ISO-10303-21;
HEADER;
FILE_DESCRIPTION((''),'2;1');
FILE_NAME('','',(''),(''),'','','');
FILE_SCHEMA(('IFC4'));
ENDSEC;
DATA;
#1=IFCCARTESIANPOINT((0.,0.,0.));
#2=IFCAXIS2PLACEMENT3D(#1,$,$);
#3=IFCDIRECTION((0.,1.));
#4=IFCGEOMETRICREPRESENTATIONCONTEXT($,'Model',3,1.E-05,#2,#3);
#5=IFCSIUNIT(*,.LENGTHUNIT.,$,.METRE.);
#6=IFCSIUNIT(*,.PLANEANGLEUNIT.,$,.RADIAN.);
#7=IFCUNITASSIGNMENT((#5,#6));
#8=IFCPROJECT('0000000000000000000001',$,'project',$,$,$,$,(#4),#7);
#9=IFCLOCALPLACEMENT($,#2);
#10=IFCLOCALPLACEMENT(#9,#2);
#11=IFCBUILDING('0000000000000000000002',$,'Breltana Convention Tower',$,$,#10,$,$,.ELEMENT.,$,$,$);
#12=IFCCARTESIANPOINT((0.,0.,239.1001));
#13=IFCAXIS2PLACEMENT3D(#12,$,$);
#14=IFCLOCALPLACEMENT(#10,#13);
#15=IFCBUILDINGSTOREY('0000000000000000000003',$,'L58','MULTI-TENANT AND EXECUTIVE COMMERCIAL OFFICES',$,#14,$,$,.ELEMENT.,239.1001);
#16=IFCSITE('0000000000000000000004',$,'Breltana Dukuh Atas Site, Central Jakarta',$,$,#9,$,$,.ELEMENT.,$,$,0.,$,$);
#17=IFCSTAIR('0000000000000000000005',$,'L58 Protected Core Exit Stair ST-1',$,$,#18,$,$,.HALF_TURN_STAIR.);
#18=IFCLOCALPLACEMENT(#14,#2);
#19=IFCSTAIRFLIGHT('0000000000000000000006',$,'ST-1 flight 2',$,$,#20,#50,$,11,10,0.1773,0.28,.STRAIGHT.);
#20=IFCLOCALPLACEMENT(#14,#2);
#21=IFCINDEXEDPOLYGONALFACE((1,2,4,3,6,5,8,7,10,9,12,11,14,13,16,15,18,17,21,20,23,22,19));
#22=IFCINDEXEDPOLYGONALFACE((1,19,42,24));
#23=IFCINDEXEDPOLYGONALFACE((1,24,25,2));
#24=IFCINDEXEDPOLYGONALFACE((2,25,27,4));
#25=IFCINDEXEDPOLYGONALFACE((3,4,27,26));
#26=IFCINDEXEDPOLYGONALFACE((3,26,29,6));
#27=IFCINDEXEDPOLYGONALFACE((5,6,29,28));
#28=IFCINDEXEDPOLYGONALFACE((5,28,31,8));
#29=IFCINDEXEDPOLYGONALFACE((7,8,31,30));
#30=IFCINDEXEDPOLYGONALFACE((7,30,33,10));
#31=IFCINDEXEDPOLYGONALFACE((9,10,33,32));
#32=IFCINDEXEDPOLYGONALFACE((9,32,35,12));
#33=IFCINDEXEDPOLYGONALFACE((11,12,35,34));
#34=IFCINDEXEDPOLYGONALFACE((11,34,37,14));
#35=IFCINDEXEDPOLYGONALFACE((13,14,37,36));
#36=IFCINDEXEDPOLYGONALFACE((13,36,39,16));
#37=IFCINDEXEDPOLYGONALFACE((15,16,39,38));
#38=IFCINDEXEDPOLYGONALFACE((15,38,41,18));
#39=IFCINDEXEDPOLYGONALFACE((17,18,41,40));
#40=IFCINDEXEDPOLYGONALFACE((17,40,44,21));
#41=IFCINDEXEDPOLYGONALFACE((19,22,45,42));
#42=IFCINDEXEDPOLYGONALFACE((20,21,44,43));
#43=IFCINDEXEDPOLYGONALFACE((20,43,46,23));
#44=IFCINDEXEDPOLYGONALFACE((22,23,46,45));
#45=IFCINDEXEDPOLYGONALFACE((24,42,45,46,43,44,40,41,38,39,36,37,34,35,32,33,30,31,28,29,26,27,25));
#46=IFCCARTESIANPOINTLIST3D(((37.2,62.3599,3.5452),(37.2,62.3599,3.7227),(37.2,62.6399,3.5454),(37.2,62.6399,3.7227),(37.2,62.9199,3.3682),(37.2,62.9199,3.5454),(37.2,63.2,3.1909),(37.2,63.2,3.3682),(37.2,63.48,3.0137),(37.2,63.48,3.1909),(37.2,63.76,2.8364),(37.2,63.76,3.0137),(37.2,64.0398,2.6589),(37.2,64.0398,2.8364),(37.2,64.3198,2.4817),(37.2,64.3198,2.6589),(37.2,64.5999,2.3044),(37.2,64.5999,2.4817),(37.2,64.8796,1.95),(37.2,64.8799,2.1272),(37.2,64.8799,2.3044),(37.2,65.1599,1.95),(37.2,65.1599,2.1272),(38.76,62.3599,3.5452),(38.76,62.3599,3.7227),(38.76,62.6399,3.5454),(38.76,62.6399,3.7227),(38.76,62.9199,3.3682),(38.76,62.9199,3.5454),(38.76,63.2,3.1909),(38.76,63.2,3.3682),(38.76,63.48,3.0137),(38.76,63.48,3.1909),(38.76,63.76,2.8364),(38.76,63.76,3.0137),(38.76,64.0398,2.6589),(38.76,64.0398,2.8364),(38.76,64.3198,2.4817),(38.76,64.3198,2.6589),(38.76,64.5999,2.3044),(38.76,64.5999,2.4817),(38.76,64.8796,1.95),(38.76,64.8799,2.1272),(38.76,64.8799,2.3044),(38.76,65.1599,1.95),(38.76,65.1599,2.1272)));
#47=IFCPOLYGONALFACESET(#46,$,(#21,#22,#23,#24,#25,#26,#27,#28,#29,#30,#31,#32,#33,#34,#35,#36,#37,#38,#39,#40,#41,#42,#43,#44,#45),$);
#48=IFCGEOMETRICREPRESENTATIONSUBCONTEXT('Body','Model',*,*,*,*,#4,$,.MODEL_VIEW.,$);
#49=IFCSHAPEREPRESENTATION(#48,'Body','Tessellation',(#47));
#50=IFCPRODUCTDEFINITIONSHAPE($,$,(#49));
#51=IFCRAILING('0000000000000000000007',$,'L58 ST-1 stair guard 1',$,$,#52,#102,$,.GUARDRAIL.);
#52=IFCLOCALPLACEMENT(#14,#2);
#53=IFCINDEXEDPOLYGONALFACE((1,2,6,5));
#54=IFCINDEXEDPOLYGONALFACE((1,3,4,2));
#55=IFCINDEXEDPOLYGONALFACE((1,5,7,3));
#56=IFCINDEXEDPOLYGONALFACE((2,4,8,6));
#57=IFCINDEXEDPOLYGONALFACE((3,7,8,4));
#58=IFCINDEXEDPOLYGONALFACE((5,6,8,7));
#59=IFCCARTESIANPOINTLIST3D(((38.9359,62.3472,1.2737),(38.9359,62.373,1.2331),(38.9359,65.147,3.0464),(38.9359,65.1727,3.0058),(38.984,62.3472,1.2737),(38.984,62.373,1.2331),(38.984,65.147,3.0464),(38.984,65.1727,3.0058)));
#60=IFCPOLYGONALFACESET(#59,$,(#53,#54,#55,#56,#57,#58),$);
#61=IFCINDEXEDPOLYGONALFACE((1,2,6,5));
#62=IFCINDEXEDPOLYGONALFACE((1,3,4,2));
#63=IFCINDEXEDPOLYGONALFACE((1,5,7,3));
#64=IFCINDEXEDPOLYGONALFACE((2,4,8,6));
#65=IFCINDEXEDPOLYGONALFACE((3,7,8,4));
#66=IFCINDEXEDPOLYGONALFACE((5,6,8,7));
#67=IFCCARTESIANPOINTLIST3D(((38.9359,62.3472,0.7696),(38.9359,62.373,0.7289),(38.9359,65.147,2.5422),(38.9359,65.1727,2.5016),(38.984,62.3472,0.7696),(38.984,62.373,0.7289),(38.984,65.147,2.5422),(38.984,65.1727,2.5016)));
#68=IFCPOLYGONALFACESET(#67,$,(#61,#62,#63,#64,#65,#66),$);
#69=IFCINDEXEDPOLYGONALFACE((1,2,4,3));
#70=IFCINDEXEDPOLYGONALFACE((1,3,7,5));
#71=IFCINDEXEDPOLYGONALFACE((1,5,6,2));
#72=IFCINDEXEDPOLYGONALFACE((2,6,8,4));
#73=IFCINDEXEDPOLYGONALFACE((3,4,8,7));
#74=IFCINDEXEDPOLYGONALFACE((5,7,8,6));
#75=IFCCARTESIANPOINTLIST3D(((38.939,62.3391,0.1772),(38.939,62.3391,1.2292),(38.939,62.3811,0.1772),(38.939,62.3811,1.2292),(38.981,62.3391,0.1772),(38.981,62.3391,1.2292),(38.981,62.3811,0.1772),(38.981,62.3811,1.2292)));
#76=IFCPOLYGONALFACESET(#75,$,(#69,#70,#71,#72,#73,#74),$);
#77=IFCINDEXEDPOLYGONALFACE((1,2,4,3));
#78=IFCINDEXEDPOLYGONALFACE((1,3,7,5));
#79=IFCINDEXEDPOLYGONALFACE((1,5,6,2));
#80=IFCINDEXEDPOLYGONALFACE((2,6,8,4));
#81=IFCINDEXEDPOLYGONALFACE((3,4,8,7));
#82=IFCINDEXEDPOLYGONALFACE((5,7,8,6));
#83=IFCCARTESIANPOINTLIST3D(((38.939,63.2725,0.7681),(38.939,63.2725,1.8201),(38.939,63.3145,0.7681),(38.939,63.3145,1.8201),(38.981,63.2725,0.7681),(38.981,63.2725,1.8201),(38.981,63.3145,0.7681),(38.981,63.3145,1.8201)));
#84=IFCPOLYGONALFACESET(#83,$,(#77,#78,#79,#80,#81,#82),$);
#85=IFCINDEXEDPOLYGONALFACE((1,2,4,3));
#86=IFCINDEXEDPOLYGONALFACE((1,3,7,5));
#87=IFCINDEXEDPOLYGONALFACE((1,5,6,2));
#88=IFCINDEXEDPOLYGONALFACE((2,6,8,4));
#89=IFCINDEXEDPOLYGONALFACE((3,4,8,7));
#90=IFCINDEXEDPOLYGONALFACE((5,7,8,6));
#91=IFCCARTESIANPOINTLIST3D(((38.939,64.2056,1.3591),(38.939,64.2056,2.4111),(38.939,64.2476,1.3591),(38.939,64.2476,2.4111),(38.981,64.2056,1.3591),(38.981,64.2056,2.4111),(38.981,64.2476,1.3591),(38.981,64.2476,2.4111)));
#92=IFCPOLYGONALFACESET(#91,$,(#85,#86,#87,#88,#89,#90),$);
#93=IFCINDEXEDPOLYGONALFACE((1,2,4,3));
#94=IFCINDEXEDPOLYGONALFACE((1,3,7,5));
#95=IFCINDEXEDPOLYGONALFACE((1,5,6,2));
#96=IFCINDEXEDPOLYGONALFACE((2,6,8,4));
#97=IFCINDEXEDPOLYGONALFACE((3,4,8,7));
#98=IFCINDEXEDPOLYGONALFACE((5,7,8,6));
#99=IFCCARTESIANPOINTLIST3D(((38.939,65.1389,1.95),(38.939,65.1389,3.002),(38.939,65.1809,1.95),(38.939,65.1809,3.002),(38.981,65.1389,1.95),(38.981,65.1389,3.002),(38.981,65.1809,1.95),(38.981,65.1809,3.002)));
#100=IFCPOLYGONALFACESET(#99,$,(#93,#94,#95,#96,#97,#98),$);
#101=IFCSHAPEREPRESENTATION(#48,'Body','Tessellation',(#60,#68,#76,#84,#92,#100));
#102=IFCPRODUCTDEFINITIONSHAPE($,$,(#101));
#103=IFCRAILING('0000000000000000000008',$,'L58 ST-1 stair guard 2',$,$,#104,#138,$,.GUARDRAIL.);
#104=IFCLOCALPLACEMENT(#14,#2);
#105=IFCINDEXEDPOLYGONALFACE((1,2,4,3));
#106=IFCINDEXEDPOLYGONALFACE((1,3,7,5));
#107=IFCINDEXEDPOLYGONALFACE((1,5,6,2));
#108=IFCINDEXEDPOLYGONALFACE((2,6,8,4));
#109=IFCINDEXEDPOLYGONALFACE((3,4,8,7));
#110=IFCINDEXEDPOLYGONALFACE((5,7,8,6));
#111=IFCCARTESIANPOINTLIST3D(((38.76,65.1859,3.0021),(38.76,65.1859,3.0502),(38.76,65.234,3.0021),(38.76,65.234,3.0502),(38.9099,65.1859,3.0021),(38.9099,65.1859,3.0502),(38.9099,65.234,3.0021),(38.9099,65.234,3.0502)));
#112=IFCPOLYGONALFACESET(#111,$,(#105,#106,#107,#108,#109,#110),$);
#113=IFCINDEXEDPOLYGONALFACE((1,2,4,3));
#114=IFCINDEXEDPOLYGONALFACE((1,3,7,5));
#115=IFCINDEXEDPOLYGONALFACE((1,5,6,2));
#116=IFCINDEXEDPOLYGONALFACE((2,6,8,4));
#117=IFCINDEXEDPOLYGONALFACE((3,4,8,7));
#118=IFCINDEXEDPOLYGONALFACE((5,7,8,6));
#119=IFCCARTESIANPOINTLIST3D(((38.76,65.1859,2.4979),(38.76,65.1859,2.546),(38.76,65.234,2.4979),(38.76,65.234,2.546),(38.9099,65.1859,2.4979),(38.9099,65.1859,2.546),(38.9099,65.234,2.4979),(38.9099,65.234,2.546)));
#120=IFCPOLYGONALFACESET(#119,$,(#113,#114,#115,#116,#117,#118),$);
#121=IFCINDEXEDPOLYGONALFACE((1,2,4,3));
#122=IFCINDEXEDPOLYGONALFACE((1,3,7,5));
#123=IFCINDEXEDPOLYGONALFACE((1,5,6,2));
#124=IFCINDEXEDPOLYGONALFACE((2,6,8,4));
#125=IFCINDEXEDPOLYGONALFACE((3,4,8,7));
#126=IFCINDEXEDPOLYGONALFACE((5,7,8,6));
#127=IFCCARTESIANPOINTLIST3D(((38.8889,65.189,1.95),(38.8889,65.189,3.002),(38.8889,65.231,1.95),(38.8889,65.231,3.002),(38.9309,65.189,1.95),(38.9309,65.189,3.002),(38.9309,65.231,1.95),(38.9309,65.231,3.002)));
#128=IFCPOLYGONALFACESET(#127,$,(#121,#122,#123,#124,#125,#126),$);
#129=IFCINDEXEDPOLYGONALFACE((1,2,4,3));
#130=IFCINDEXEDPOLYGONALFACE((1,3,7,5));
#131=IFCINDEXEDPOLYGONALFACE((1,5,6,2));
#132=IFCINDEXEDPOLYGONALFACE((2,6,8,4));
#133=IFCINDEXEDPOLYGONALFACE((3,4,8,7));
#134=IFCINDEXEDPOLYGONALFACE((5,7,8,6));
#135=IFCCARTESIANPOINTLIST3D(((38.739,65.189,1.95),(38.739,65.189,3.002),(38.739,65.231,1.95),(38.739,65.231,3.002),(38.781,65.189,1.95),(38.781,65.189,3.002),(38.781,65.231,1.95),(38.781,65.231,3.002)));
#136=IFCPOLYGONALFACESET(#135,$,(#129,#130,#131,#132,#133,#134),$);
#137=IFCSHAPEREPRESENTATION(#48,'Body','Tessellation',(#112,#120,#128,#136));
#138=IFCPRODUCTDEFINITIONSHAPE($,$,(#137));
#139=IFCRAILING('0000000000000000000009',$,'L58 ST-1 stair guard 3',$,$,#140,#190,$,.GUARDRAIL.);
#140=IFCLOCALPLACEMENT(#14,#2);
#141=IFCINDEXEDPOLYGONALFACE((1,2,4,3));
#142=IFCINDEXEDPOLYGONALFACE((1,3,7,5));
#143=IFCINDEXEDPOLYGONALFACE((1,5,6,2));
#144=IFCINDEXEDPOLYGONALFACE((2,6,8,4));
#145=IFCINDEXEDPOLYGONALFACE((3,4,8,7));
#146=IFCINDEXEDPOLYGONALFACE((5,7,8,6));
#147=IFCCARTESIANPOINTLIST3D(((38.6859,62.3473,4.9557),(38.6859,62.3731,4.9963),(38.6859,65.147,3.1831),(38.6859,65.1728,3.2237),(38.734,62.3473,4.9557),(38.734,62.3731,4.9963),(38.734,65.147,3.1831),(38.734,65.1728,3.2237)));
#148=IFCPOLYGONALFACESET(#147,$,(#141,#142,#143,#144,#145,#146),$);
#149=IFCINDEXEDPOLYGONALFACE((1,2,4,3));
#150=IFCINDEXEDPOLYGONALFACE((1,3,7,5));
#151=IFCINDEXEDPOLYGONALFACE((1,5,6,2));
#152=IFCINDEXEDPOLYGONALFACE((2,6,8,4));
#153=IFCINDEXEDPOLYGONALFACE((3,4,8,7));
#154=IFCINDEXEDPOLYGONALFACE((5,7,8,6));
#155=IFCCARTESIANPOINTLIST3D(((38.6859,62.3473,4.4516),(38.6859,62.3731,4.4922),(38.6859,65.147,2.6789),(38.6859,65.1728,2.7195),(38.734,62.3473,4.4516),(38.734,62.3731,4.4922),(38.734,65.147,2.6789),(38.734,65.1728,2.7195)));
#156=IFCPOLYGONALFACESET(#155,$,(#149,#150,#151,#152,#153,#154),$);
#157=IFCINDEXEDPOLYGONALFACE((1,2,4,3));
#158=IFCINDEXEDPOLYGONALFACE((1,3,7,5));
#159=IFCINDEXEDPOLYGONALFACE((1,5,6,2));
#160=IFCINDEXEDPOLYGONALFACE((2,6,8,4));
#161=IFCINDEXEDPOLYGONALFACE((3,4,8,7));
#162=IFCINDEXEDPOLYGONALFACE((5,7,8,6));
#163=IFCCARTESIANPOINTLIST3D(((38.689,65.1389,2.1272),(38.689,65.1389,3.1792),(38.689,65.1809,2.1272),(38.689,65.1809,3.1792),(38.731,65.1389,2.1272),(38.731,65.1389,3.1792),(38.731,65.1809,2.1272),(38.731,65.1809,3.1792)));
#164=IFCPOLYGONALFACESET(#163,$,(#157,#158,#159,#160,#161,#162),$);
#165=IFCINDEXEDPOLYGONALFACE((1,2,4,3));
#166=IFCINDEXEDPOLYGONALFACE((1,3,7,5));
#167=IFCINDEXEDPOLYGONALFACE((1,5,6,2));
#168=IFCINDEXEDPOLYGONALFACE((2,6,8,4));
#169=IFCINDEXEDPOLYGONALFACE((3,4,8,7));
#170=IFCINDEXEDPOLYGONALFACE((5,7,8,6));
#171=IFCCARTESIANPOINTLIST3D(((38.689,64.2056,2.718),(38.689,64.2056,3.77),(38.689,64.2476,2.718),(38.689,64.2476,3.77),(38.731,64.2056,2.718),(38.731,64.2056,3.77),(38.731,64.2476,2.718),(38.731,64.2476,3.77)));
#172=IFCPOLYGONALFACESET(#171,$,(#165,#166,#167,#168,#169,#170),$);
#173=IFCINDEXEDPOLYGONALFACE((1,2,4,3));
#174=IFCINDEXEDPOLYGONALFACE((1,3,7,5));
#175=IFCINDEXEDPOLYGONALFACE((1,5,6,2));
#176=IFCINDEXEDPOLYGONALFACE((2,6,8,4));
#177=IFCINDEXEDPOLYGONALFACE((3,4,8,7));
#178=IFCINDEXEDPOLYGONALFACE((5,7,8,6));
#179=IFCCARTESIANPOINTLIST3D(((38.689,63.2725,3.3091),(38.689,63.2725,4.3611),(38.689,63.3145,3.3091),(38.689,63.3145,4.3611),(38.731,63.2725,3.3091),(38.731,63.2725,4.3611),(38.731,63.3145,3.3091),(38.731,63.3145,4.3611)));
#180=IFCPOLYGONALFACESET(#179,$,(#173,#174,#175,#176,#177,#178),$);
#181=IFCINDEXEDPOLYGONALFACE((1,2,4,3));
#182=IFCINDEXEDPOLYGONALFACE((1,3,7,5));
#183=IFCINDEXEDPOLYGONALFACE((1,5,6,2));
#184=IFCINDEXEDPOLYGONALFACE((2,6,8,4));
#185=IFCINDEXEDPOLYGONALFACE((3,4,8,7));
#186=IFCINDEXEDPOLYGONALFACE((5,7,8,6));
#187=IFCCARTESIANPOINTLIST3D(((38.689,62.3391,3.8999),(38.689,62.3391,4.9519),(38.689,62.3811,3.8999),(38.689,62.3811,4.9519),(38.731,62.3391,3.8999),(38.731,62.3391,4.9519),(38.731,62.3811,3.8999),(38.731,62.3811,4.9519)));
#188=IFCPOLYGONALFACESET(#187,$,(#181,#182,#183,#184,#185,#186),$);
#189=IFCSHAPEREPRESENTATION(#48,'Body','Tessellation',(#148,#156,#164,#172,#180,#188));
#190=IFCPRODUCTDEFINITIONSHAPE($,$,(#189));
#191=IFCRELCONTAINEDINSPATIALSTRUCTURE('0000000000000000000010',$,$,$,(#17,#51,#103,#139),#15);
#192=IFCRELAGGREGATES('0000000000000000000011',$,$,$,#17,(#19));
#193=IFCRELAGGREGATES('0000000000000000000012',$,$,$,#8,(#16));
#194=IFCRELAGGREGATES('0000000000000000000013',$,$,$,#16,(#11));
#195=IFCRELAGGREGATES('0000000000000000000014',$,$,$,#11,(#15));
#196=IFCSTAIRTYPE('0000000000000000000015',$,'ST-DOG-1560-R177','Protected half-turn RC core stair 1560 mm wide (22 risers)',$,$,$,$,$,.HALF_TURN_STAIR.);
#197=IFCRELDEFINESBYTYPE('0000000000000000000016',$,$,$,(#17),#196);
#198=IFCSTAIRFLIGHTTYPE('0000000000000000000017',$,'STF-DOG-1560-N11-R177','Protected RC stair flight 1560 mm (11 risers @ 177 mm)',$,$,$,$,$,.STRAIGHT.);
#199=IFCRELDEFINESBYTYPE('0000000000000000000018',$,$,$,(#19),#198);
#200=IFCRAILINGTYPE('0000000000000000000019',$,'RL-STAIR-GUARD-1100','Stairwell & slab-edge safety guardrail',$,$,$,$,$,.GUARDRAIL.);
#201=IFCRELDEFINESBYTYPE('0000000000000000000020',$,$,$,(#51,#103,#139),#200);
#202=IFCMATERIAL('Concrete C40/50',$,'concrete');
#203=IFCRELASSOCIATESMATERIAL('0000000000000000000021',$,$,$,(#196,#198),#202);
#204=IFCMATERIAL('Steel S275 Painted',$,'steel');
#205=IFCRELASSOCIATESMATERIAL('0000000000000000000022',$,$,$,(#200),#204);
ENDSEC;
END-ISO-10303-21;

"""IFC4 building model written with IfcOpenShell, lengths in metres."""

from ifc_helpers import new_model, si_unit, direction, frame, origin, origin_2d, place, context, subcontext, project, spatial, polyline, rectangle, outline, extrude, material, type_object, element, aggregate, save


model = new_model("IFC4")

# Units and contexts
model_context = context("Model", 3, precision=1e-05, world=origin(), true_north=direction((0.0, 1.0)))
body_context = subcontext(model_context, "Body", "Model", "MODEL_VIEW")
ifc_project = project(units=[si_unit("LENGTHUNIT", "METRE"), si_unit("PLANEANGLEUNIT", "RADIAN")], contexts=[model_context])

# Site, building, storey
site_placement = place(None, origin())
site = spatial("IfcSite", under=ifc_project, at=site_placement, Name="Breltana Dukuh Atas Site, Central Jakarta", CompositionType="ELEMENT", RefElevation=0.0)
building_placement = place(site_placement, origin())
building = spatial("IfcBuilding", under=site, at=building_placement, Name="Breltana Convention Tower", CompositionType="ELEMENT")
storey_placement = place(building_placement, frame((0.0, 0.0, 239.1001)))
storey = spatial("IfcBuildingStorey", under=building, at=storey_placement, Name="L58", Description="MULTI-TENANT AND EXECUTIVE COMMERCIAL OFFICES", CompositionType="ELEMENT", Elevation=239.1001)

# Stair, stair flight
ifc_material_1 = material(Name="Concrete C40/50", Category="concrete")
stair_type = type_object("IfcStairType", Name="ST-DOG-1560-R177", Description="Protected half-turn RC core stair 1560 mm wide (22 risers)", PredefinedType="HALF_TURN_STAIR", material=ifc_material_1)
stair_placement = place(storey_placement, origin())
stair = element("IfcStair", 1, at=stair_placement, inside=storey, type_object=stair_type, Name="L58 Protected Core Exit Stair ST-1", PredefinedType="HALF_TURN_STAIR")
stair_flight_type = type_object("IfcStairFlightType", Name="STF-DOG-1560-N11-R177", Description="Protected RC stair flight 1560 mm (11 risers @ 177 mm)", PredefinedType="STRAIGHT", material=ifc_material_1)
stair_flight_1_placement = place(storey_placement, frame((37.98, 65.1599, 1.95), z_axis=(0.0, 0.0, 1.0), x_axis=(0.0, -1.0, 0.0)))
stair_flight_1 = element("IfcStairFlight", 2, at=stair_flight_1_placement, type_object=stair_flight_type, Name="ST-1 flight 2", NumberOfRisers=11, NumberOfTreads=10, PredefinedType="STRAIGHT", RiserHeight=0.1773, TreadLength=0.28, context=body_context, shape_type="SweptSolid", body=[
    extrude(outline(polyline([(0.0, 0.0), (0.0, 0.1772), (0.28, 0.1772), (0.28, 0.3545), (0.5601, 0.3545), (0.5601, 0.5317), (0.8401, 0.5317), (0.8401, 0.709), (1.1201, 0.709), (1.1201, 0.8865), (1.3999, 0.8865), (1.3999, 1.0637), (1.6799, 1.0637), (1.6799, 1.241), (1.96, 1.241), (1.96, 1.4182), (2.24, 1.4182), (2.24, 1.5955), (2.52, 1.5955), (2.52, 1.7727), (2.8, 1.7727), (2.8, 1.95), (2.8, 1.5952), (0.2803, 0.0), (0.0, 0.0)])), frame((0.0, 0.78, 0.0), z_axis=(0.0, -1.0, 0.0), x_axis=(1.0, 0.0, 0.0)), (0.0, 0.0, 1.0), 1.5601),
])
aggregate(stair, [stair_flight_1])

# Railings
ifc_material_2 = material(Name="Steel S275 Painted", Category="steel")
railing_type_1 = type_object("IfcRailingType", Name="RL-STAIR-GUARD-1100", Description="Stairwell & slab-edge safety guardrail", PredefinedType="GUARDRAIL", material=ifc_material_2)
railing_1_placement = place(storey_placement, frame((38.96, 62.3601, 0.1772)))
element("IfcRailing", 3, at=railing_1_placement, inside=storey, type_object=railing_type_1, Name="L58 ST-1 stair guard 1", PredefinedType="GUARDRAIL", context=body_context, shape_type="SweptSolid", body=[
    extrude(rectangle(XDim=0.0481, YDim=0.0481, at=origin_2d()), frame((0.0, 0.0, 1.0762), z_axis=(0.0, 0.844888, 0.534943), x_axis=(-1.0, 0.0, 0.0)), (0.0, 0.0, 1.0), 3.3137),
    extrude(rectangle(XDim=0.0481, YDim=0.0481, at=origin_2d()), frame((0.0, 0.0, 0.572), z_axis=(0.0, 0.844888, 0.534943), x_axis=(-1.0, 0.0, 0.0)), (0.0, 0.0, 1.0), 3.3137),
    extrude(rectangle(XDim=0.042, YDim=0.042, at=origin_2d()), origin(), (0.0, 0.0, 1.0), 1.052),
    extrude(rectangle(XDim=0.042, YDim=0.042, at=origin_2d()), frame((0.0, 0.9333, 0.5908)), (0.0, 0.0, 1.0), 1.052),
    extrude(rectangle(XDim=0.042, YDim=0.042, at=origin_2d()), frame((0.0, 1.8665, 1.1819)), (0.0, 0.0, 1.0), 1.052),
    extrude(rectangle(XDim=0.042, YDim=0.042, at=origin_2d()), frame((0.0, 2.7998, 1.7727)), (0.0, 0.0, 1.0), 1.052),
])
railing_2_placement = place(storey_placement, frame((38.9099, 65.21, 1.95)))
element("IfcRailing", 4, at=railing_2_placement, inside=storey, type_object=railing_type_1, Name="L58 ST-1 stair guard 2", PredefinedType="GUARDRAIL", context=body_context, shape_type="SweptSolid", body=[
    extrude(rectangle(XDim=0.0481, YDim=0.0481, at=origin_2d()), frame((0.0, 0.0, 1.0762), z_axis=(-1.0, 0.0, 0.0), x_axis=(0.0, -1.0, 0.0)), (0.0, 0.0, 1.0), 0.1499),
    extrude(rectangle(XDim=0.0481, YDim=0.0481, at=origin_2d()), frame((0.0, 0.0, 0.572), z_axis=(-1.0, 0.0, 0.0), x_axis=(0.0, -1.0, 0.0)), (0.0, 0.0, 1.0), 0.1499),
    extrude(rectangle(XDim=0.042, YDim=0.042, at=origin_2d()), origin(), (0.0, 0.0, 1.0), 1.052),
    extrude(rectangle(XDim=0.042, YDim=0.042, at=origin_2d()), frame((-0.1499, 0.0, 0.0)), (0.0, 0.0, 1.0), 1.052),
])
railing_3_placement = place(storey_placement, frame((38.71, 65.1599, 2.1272)))
element("IfcRailing", 5, at=railing_3_placement, inside=storey, type_object=railing_type_1, Name="L58 ST-1 stair guard 3", PredefinedType="GUARDRAIL", context=body_context, shape_type="SweptSolid", body=[
    extrude(rectangle(XDim=0.0481, YDim=0.0481, at=origin_2d()), frame((0.0, 0.0, 1.0762), z_axis=(0.0, -0.844888, 0.534943), x_axis=(1.0, 0.0, 0.0)), (0.0, 0.0, 1.0), 3.3137),
    extrude(rectangle(XDim=0.0481, YDim=0.0481, at=origin_2d()), frame((0.0, 0.0, 0.572), z_axis=(0.0, -0.844888, 0.534943), x_axis=(1.0, 0.0, 0.0)), (0.0, 0.0, 1.0), 3.3137),
    extrude(rectangle(XDim=0.042, YDim=0.042, at=origin_2d()), origin(), (0.0, 0.0, 1.0), 1.052),
    extrude(rectangle(XDim=0.042, YDim=0.042, at=origin_2d()), frame((0.0, -0.9333, 0.5908)), (0.0, 0.0, 1.0), 1.052),
    extrude(rectangle(XDim=0.042, YDim=0.042, at=origin_2d()), frame((0.0, -1.8665, 1.1819)), (0.0, 0.0, 1.0), 1.052),
    extrude(rectangle(XDim=0.042, YDim=0.042, at=origin_2d()), frame((0.0, -2.7998, 1.7727)), (0.0, 0.0, 1.0), 1.052),
])

save(model, "model.ifc")
